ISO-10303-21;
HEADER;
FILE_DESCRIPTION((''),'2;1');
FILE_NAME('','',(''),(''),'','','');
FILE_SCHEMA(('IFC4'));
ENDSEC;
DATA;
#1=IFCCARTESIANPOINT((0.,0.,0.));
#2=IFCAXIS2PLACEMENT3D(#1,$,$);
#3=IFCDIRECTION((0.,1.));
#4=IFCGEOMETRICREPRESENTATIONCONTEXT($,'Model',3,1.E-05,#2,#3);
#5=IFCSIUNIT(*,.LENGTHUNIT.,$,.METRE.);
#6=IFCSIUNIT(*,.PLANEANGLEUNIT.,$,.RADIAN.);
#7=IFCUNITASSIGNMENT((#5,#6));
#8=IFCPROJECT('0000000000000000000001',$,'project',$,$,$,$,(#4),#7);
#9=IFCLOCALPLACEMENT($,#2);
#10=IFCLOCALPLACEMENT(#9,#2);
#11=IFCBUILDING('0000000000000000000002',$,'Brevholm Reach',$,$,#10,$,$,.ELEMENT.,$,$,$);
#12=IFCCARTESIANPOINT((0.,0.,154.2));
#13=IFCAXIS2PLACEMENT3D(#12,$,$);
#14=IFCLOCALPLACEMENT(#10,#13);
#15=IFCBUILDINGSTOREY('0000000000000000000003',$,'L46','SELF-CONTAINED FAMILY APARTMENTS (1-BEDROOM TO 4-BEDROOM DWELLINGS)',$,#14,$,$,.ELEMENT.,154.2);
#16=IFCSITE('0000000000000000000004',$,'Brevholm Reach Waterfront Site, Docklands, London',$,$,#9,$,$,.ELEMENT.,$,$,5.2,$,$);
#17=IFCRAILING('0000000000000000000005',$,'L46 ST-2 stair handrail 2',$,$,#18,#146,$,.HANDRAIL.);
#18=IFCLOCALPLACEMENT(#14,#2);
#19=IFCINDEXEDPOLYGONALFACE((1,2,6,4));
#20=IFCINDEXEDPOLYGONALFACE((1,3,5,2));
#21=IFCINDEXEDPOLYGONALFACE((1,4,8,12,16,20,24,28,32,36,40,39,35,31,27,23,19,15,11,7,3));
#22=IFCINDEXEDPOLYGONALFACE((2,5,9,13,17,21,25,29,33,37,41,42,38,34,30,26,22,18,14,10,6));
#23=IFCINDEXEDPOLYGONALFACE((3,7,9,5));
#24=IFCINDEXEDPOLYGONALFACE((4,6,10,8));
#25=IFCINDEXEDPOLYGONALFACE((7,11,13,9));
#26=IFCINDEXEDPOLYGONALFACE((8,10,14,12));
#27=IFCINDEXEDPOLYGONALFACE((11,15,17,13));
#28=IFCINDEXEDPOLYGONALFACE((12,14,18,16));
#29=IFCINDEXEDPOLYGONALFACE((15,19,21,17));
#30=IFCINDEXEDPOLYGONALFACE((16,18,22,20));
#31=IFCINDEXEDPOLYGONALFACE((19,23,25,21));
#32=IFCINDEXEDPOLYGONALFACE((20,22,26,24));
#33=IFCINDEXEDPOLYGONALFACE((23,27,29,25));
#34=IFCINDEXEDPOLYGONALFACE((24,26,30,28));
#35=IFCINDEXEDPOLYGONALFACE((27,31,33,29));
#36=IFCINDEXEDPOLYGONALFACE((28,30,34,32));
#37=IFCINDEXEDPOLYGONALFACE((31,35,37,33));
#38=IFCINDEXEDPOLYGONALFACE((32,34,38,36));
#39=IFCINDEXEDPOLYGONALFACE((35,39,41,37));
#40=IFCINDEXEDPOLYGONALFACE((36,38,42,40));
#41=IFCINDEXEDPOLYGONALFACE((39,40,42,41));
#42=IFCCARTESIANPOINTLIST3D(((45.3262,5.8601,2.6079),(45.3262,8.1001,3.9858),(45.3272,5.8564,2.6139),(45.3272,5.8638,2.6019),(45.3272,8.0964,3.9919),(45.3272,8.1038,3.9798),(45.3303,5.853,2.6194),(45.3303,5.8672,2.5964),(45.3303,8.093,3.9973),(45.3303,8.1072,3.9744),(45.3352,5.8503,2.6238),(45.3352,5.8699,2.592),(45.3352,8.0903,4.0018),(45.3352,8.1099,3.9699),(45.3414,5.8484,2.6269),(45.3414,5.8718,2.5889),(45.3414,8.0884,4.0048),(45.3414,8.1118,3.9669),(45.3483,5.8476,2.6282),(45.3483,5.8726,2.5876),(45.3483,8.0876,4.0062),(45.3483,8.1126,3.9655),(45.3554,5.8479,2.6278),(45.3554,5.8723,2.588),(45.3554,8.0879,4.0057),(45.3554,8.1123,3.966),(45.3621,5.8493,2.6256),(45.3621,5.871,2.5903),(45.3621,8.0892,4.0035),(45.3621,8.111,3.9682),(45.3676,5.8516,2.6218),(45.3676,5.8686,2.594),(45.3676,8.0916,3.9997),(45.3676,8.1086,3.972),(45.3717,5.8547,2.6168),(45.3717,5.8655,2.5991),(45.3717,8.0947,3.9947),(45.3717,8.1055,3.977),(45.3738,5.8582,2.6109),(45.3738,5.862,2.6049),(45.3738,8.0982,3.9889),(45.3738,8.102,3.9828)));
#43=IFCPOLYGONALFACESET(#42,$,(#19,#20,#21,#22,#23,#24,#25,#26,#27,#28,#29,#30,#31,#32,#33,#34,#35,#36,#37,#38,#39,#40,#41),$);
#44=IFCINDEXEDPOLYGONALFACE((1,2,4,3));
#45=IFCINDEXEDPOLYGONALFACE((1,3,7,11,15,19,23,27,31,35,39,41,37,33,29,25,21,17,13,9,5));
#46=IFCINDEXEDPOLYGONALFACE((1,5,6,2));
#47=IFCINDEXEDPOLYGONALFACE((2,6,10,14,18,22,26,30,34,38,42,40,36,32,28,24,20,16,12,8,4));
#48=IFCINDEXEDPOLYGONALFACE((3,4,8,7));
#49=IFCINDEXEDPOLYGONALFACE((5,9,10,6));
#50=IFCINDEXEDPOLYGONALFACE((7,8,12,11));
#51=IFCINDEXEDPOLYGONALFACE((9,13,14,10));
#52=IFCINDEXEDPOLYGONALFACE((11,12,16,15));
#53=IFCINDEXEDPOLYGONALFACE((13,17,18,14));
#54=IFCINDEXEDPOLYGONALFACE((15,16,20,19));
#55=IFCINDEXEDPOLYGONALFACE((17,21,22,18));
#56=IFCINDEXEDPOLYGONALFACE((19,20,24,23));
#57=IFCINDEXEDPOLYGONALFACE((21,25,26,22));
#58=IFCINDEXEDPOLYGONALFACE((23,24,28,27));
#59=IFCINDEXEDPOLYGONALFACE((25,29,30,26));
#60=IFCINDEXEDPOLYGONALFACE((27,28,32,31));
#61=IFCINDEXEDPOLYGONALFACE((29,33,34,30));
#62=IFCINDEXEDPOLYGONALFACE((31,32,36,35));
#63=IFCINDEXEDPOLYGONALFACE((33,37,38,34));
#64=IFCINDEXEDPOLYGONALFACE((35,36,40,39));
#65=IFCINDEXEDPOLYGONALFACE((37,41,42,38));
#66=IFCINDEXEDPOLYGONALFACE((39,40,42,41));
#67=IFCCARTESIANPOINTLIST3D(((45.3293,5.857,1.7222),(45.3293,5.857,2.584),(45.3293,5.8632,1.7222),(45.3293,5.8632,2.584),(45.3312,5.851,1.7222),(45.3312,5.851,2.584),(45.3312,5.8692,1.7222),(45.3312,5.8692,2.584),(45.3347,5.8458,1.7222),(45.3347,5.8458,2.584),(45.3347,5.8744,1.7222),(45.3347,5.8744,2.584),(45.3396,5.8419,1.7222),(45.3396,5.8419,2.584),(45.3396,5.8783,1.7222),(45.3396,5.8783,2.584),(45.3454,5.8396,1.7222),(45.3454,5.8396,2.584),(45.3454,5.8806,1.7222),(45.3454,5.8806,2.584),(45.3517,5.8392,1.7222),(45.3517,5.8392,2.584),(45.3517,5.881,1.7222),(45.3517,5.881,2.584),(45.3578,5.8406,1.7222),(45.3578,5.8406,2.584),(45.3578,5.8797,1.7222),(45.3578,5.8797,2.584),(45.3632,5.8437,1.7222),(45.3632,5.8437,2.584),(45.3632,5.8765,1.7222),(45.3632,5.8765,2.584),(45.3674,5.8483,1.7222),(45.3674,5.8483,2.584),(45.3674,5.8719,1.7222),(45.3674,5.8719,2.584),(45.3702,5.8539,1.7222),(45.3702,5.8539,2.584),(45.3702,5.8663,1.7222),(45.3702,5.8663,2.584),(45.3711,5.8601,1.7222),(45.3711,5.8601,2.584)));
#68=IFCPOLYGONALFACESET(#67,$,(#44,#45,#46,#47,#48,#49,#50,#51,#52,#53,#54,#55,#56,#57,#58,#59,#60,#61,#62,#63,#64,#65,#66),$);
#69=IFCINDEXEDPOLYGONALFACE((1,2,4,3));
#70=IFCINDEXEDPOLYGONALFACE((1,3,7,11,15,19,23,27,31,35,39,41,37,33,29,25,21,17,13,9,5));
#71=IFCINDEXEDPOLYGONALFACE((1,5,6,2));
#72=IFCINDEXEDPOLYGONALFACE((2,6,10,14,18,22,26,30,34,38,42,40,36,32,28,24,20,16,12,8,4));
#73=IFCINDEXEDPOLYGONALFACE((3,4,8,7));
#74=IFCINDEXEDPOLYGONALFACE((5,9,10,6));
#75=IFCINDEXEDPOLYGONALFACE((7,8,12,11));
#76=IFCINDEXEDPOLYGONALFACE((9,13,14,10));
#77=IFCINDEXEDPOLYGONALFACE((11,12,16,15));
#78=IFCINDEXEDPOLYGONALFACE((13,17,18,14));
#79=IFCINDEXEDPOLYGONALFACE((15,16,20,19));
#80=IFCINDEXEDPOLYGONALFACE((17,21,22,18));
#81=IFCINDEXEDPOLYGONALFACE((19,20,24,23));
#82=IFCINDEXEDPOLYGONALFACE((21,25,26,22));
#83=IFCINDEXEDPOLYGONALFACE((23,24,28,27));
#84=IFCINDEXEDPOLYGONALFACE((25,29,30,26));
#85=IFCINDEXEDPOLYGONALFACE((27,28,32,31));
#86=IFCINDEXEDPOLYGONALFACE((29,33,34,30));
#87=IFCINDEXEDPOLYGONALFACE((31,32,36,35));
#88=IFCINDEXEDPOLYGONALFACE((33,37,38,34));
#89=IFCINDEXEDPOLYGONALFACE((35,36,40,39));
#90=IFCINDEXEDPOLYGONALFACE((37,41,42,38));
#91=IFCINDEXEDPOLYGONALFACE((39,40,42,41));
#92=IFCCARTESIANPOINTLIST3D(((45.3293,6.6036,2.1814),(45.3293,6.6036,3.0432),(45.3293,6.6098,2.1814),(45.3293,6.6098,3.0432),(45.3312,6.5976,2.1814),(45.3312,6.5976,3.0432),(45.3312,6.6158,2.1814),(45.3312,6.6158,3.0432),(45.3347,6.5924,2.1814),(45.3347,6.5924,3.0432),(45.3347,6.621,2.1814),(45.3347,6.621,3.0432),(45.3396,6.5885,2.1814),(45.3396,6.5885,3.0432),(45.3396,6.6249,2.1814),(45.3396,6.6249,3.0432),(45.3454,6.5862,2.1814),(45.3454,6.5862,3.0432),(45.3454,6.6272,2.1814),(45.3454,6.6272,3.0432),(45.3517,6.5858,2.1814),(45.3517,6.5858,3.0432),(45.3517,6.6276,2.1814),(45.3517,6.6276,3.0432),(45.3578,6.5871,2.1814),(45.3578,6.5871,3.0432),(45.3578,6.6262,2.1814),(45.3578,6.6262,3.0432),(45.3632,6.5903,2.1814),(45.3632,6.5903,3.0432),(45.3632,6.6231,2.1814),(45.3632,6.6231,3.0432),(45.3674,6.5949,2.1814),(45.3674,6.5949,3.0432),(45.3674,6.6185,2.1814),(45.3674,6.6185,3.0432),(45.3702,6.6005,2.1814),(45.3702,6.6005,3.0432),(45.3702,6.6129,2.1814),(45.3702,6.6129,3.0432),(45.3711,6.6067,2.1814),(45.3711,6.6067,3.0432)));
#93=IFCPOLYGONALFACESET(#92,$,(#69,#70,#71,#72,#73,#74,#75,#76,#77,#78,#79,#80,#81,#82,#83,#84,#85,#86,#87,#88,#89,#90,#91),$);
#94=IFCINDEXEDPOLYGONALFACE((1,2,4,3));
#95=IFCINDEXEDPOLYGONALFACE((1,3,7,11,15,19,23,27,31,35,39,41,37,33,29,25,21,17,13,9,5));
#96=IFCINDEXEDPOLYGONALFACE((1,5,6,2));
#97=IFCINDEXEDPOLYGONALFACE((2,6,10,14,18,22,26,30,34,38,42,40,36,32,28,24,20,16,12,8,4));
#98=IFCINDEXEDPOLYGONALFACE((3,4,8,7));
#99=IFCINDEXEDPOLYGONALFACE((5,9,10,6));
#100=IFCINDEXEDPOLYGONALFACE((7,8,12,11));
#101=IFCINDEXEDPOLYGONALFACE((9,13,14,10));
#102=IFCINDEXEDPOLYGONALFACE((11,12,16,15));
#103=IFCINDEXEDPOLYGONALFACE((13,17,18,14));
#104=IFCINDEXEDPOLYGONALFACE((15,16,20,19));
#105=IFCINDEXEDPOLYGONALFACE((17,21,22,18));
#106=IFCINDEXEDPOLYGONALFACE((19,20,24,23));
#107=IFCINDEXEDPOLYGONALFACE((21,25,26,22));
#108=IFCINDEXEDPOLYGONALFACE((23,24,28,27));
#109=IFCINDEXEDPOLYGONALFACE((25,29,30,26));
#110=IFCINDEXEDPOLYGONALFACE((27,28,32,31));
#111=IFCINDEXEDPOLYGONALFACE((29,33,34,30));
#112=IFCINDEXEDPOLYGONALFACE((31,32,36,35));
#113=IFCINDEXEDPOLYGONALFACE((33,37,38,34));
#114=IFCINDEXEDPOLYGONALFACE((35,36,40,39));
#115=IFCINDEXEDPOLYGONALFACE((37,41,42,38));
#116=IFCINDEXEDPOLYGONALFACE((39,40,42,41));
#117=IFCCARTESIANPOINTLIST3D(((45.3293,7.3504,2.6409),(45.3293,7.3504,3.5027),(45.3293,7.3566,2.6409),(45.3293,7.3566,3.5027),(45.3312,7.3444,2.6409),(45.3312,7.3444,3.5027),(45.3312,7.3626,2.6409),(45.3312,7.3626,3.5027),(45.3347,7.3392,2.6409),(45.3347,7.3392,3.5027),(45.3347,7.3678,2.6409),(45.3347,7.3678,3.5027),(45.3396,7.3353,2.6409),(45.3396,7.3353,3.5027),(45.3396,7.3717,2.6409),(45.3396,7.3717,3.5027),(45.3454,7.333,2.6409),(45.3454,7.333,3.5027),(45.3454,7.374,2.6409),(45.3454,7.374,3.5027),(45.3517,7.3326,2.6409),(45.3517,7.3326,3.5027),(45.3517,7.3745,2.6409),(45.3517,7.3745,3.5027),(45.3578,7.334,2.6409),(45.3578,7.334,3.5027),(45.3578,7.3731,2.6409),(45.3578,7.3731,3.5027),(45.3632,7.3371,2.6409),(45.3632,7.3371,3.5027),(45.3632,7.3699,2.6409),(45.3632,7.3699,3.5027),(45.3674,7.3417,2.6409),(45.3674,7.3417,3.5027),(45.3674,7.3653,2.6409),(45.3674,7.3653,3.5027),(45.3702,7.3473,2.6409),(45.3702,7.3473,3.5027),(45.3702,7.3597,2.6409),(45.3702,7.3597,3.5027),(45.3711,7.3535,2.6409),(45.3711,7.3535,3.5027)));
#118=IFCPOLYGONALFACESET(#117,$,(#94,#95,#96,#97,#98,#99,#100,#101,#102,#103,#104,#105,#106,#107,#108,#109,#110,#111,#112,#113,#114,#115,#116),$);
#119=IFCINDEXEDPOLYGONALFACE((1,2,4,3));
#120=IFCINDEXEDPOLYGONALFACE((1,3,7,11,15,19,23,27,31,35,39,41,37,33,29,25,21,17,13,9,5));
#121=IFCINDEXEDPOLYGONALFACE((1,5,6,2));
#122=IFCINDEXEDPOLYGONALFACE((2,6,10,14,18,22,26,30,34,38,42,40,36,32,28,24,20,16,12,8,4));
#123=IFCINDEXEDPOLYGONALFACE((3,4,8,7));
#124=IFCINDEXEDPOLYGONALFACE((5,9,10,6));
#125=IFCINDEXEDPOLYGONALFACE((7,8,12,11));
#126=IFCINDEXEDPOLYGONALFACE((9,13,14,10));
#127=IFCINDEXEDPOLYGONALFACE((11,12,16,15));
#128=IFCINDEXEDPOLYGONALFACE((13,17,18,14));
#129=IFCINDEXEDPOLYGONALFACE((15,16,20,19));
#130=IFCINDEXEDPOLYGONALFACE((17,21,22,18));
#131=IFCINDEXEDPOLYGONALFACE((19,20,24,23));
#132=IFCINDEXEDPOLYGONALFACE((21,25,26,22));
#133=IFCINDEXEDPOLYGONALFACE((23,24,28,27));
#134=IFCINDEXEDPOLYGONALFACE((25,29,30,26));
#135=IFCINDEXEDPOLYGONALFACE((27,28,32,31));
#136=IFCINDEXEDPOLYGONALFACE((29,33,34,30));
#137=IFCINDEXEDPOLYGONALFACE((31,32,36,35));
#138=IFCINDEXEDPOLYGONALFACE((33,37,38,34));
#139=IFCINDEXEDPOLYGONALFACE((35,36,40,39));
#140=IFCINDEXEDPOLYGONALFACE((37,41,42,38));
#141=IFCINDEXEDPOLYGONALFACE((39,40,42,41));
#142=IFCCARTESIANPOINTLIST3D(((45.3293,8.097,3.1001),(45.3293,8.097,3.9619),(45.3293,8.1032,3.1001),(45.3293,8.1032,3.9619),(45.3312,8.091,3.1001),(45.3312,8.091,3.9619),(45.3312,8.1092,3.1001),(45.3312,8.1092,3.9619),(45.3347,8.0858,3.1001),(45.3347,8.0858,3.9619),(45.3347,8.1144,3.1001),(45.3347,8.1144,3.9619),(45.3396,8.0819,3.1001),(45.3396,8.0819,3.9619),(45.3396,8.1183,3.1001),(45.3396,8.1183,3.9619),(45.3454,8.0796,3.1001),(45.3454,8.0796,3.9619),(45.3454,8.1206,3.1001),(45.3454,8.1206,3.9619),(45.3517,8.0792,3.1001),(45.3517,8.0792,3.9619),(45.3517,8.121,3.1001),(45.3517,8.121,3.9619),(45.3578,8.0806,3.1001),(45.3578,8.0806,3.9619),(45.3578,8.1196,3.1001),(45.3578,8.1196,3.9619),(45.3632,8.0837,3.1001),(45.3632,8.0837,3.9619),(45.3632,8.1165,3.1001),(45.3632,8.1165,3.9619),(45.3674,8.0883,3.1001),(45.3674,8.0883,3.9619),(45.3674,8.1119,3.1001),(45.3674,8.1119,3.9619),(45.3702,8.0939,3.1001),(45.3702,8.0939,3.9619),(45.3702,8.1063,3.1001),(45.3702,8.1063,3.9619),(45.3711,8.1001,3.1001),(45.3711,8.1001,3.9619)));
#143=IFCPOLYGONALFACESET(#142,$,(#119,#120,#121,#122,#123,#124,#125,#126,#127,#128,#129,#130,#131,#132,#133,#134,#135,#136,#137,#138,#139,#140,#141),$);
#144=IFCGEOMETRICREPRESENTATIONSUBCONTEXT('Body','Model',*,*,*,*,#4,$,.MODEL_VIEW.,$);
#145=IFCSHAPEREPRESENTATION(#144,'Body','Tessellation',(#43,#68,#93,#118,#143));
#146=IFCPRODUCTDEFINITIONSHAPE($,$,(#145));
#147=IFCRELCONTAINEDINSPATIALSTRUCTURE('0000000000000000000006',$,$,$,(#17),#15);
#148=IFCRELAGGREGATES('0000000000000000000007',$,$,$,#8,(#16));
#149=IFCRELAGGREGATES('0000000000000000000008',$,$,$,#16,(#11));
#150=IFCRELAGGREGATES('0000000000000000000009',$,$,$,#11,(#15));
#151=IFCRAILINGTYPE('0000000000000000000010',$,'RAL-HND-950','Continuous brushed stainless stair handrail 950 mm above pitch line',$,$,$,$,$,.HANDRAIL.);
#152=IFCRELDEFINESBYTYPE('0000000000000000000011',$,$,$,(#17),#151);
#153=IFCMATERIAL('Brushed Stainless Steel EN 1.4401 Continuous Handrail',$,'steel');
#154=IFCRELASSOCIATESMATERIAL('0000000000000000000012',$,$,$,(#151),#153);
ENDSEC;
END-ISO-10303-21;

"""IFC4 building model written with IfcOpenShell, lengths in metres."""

from ifc_helpers import new_model, si_unit, direction, frame, origin, origin_2d, place, context, subcontext, project, spatial, circle, extrude, material, type_object, element, save


model = new_model("IFC4")

# Units and contexts
model_context = context("Model", 3, precision=1e-05, world=origin(), true_north=direction((0.0, 1.0)))
body_context = subcontext(model_context, "Body", "Model", "MODEL_VIEW")
ifc_project = project(units=[si_unit("LENGTHUNIT", "METRE"), si_unit("PLANEANGLEUNIT", "RADIAN")], contexts=[model_context])

# Site, building, storey
site_placement = place(None, origin())
site = spatial("IfcSite", under=ifc_project, at=site_placement, Name="Brevholm Reach Waterfront Site, Docklands, London", CompositionType="ELEMENT", RefElevation=5.2)
building_placement = place(site_placement, origin())
building = spatial("IfcBuilding", under=site, at=building_placement, Name="Brevholm Reach", CompositionType="ELEMENT")
storey_placement = place(building_placement, frame((0.0, 0.0, 154.2)))
storey = spatial("IfcBuildingStorey", under=building, at=storey_placement, Name="L46", Description="SELF-CONTAINED FAMILY APARTMENTS (1-BEDROOM TO 4-BEDROOM DWELLINGS)", CompositionType="ELEMENT", Elevation=154.2)

# Railing
ifc_material_1 = material(Name="Brushed Stainless Steel EN 1.4401 Continuous Handrail", Category="steel")
railing_type_1 = type_object("IfcRailingType", Name="RAL-HND-950", Description="Continuous brushed stainless stair handrail 950 mm above pitch line", PredefinedType="HANDRAIL", material=ifc_material_1)
railing_1_placement = place(storey_placement, frame((45.3501, 5.8601, 1.7222)))
element("IfcRailing", 1, at=railing_1_placement, inside=storey, type_object=railing_type_1, Name="L46 ST-2 stair handrail 2", PredefinedType="HANDRAIL", context=body_context, shape_type="SweptSolid", body=[
    extrude(circle(Radius=0.0239, at=origin_2d()), frame((0.0, 0.0, 0.8857), z_axis=(0.0, 0.851748, 0.523952), x_axis=(-1.0, 0.0, 0.0)), (0.0, 0.0, 1.0), 2.6299),
    extrude(circle(Radius=0.021, at=origin_2d()), origin(), (0.0, 0.0, 1.0), 0.8618),
    extrude(circle(Radius=0.021, at=origin_2d()), frame((0.0, 0.7466, 0.4592)), (0.0, 0.0, 1.0), 0.8618),
    extrude(circle(Radius=0.021, at=origin_2d()), frame((0.0, 1.4934, 0.9187)), (0.0, 0.0, 1.0), 0.8618),
    extrude(circle(Radius=0.021, at=origin_2d()), frame((0.0, 2.24, 1.3779)), (0.0, 0.0, 1.0), 0.8618),
])

save(model, "model.ifc")
